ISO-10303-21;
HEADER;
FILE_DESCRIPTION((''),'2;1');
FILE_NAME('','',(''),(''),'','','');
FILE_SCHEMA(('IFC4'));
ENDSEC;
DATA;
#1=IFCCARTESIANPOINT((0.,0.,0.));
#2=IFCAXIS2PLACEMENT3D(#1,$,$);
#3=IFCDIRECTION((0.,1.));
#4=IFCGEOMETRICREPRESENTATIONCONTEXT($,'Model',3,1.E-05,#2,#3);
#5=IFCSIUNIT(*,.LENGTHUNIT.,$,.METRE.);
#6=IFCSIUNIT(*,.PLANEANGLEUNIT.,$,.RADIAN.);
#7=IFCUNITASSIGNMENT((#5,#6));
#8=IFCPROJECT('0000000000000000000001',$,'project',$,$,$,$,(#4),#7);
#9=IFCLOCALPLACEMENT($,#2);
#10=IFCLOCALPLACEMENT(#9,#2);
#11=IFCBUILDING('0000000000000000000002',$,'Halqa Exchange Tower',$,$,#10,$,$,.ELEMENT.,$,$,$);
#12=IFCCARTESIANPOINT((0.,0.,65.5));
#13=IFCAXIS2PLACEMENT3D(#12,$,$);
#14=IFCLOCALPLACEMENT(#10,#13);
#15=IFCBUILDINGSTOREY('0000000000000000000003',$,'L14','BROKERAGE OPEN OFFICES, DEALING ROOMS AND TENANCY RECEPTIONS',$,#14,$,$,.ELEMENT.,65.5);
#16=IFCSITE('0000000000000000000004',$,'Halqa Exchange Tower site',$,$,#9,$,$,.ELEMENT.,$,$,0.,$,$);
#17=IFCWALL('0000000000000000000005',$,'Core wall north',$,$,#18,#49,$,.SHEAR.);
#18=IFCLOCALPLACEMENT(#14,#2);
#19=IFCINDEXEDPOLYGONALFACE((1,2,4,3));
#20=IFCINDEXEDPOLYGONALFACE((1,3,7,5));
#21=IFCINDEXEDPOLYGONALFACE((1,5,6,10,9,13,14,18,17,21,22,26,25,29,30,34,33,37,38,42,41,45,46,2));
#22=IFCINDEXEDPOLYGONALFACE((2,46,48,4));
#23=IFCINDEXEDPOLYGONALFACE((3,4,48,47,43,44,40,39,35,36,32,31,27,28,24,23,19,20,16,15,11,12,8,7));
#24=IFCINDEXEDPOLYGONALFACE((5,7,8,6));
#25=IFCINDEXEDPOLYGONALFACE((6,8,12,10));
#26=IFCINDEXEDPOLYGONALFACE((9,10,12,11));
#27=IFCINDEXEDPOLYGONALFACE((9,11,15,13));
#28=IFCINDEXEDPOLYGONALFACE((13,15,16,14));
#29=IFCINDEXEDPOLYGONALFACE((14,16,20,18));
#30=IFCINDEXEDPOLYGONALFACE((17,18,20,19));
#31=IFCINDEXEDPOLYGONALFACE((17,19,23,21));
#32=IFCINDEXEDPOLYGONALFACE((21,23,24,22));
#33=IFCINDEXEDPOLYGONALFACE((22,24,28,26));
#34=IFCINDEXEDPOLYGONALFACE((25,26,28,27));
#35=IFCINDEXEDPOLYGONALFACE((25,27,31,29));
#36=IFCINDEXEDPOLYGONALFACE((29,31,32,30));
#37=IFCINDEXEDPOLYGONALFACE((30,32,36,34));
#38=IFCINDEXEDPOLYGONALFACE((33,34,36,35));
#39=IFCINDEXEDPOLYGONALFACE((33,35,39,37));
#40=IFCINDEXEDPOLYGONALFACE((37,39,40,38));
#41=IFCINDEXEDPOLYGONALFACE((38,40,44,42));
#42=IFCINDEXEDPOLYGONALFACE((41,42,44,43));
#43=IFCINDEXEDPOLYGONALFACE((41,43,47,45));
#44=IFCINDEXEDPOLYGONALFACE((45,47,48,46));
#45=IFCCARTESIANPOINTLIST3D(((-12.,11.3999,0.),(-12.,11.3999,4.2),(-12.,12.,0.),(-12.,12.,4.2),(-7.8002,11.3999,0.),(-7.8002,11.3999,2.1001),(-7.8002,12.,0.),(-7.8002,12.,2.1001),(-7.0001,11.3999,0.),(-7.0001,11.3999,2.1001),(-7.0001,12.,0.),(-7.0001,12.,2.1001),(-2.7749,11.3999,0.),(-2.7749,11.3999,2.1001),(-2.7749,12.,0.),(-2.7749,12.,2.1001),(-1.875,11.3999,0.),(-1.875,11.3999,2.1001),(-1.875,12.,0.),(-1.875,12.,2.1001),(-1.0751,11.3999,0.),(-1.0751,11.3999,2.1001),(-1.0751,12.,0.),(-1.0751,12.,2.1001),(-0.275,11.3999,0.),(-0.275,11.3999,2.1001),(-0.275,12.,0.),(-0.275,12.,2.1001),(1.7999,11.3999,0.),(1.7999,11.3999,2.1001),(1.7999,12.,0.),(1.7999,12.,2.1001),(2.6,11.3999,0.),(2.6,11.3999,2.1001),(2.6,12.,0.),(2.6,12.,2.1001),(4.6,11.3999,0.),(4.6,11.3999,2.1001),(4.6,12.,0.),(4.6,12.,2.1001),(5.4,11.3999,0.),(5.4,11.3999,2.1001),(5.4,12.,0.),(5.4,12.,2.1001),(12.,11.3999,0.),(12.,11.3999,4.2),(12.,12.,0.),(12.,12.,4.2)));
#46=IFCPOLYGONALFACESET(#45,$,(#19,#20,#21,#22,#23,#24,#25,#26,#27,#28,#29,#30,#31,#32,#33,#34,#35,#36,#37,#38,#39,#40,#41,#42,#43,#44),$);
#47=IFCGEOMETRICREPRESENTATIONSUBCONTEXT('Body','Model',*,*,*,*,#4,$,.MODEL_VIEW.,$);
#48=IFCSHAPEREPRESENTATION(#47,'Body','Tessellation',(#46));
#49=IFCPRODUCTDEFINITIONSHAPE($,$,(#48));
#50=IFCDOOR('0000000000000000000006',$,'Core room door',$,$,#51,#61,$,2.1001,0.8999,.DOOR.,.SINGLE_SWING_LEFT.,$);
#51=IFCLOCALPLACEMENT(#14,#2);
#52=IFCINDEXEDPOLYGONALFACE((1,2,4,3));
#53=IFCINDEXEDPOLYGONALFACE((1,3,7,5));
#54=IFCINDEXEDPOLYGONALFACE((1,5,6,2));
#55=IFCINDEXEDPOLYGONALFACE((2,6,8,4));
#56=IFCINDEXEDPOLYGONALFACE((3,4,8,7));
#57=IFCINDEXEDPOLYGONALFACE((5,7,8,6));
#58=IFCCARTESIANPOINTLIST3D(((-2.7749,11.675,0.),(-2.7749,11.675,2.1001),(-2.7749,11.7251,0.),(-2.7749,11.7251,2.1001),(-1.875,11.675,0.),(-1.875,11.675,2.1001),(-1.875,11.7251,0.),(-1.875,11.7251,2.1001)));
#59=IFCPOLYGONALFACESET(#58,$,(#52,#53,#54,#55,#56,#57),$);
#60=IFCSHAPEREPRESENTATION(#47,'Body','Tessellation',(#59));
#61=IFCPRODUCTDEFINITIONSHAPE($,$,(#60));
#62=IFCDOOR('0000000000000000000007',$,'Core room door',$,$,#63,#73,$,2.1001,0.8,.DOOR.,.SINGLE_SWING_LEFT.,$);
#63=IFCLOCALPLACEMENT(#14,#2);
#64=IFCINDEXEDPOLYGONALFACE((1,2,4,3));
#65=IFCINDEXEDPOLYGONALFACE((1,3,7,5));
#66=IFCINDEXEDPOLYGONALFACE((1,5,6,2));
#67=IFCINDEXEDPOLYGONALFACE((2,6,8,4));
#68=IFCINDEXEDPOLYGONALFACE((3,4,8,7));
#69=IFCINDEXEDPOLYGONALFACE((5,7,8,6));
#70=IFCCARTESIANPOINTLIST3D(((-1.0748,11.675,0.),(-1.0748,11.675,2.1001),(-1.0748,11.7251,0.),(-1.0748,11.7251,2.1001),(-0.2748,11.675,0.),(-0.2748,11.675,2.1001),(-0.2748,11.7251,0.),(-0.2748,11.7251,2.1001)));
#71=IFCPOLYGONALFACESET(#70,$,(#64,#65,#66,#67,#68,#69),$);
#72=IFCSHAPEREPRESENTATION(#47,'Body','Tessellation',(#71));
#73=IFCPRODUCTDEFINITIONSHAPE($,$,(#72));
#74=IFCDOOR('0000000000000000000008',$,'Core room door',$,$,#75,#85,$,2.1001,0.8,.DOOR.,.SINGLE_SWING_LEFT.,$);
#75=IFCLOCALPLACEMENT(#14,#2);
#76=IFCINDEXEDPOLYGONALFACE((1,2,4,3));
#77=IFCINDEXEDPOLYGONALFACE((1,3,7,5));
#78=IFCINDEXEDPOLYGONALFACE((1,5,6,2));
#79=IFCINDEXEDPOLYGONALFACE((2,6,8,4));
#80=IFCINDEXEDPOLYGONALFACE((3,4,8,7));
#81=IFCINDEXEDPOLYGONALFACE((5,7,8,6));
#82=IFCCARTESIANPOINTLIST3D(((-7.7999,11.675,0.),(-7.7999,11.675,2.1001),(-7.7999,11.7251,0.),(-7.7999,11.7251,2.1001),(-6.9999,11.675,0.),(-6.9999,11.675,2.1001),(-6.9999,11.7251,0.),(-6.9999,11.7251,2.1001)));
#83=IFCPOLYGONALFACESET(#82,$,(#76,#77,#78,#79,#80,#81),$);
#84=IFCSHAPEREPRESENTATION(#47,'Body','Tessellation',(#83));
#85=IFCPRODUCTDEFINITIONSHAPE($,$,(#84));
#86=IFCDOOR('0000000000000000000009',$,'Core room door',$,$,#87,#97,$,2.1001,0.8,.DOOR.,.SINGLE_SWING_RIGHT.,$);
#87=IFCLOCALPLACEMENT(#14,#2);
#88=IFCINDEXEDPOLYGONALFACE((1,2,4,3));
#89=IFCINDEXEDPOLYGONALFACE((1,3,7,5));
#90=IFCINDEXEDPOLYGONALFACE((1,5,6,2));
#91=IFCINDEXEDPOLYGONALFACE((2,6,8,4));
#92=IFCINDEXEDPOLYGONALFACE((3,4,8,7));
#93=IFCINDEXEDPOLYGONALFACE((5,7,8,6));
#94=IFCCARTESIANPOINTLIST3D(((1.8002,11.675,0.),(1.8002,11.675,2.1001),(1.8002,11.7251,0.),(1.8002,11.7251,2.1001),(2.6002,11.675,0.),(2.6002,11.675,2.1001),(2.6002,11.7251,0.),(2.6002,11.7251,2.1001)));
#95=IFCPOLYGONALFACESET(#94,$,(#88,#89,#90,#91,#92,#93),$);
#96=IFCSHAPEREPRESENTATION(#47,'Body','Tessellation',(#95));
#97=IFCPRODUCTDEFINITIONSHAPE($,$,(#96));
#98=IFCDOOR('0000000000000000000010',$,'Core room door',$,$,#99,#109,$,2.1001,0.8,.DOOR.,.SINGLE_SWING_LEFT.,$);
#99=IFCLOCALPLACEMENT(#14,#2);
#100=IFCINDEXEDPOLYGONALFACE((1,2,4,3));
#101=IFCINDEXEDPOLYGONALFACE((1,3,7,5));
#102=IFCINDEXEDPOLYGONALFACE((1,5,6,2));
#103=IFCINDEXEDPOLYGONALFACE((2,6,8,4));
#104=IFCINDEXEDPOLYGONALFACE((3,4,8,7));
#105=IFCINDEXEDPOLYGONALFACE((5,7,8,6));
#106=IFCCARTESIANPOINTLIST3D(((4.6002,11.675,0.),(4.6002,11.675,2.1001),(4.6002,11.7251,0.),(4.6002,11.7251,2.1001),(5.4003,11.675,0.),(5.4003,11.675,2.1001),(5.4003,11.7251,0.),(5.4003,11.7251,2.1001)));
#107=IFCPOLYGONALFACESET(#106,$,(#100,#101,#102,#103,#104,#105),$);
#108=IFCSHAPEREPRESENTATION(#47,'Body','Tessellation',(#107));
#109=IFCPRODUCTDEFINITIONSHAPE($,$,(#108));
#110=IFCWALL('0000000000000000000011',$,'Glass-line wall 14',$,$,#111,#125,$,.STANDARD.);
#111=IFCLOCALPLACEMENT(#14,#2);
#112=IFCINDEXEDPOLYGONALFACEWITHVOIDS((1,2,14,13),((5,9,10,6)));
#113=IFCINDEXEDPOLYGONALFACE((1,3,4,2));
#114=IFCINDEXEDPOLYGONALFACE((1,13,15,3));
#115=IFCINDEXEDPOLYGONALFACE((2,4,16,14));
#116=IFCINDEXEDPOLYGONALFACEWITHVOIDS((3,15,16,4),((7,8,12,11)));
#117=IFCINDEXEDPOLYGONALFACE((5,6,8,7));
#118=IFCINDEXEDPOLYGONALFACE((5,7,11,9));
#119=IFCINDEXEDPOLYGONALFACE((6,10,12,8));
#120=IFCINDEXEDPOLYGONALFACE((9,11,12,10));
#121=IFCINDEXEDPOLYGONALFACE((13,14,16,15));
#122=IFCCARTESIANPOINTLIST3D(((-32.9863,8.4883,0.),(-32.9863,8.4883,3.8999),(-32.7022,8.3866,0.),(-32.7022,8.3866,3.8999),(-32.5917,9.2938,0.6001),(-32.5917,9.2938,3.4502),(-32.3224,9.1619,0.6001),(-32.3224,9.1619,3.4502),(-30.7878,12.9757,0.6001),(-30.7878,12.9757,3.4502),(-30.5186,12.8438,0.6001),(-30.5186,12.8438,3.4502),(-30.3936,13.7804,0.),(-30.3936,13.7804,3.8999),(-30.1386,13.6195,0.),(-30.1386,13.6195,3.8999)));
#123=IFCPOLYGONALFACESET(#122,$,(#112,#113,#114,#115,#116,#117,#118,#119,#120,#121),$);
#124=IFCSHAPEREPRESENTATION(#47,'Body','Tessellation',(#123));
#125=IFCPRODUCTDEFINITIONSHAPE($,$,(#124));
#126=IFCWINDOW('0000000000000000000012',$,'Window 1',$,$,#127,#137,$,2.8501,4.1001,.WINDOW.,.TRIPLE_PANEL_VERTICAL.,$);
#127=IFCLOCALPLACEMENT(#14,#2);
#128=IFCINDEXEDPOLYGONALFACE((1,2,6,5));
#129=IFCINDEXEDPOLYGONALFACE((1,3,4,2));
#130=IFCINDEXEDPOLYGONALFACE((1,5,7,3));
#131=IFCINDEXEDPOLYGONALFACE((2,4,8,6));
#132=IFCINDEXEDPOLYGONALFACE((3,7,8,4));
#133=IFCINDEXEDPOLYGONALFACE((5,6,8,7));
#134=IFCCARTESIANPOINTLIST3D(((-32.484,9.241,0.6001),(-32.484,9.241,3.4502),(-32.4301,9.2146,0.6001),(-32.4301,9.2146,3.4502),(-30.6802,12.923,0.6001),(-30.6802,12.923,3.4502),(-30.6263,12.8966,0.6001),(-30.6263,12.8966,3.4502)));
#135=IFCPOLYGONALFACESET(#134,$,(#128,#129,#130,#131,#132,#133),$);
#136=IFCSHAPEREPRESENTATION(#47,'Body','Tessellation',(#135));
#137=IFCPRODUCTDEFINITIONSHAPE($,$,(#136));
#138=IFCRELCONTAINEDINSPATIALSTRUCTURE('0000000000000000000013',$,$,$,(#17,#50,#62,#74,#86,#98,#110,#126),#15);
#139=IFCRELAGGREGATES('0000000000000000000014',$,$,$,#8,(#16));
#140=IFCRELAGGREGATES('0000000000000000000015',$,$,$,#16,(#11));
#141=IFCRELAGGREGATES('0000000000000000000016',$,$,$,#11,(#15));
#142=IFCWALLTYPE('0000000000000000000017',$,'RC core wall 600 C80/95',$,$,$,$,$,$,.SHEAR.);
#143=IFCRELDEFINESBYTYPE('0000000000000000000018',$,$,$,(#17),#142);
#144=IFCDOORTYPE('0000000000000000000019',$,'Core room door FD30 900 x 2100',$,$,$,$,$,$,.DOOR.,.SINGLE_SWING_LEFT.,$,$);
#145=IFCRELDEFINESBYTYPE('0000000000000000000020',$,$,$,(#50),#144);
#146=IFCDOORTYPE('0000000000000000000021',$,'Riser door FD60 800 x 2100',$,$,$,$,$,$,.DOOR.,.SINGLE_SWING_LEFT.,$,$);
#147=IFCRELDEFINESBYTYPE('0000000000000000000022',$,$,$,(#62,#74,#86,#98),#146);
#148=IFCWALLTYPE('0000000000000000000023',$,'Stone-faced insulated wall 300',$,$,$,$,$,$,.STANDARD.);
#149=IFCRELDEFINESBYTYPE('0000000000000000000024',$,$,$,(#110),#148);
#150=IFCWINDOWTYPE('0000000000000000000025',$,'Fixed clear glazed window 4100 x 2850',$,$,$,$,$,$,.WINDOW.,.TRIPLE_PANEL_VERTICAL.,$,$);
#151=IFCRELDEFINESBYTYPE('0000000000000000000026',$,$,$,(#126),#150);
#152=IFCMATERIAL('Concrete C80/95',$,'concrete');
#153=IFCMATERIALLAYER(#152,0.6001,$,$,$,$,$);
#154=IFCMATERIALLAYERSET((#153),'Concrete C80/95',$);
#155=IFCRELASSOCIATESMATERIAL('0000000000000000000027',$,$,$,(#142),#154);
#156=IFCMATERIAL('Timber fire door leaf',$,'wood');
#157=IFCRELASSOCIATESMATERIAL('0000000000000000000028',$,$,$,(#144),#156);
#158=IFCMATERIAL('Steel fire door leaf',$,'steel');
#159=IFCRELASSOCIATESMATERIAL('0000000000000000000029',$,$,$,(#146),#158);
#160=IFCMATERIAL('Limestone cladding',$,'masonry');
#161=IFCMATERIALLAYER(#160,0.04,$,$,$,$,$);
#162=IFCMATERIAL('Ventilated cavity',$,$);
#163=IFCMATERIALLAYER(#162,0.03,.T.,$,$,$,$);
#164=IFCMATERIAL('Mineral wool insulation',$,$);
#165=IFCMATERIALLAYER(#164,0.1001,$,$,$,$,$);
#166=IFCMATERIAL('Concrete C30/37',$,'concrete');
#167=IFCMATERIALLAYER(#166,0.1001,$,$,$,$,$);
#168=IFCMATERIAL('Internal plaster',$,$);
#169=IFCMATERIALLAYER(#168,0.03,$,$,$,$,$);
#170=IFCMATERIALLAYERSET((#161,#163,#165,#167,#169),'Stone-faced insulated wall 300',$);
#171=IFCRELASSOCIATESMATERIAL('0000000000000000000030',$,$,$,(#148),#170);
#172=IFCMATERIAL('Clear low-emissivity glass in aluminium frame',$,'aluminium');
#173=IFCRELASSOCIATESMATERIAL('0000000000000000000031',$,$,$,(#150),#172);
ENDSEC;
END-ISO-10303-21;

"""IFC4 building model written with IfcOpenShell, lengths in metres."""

from ifc_helpers import new_model, si_unit, direction, frame, frame_2d, origin, place, context, subcontext, project, spatial, polyline, rectangle, outline, extrude, material, layer, layer_set, type_object, element, fill, save


model = new_model("IFC4")

# Units and contexts
model_context = context("Model", 3, precision=1e-05, world=origin(), true_north=direction((0.0, 1.0)))
body_context = subcontext(model_context, "Body", "Model", "MODEL_VIEW")
ifc_project = project(units=[si_unit("LENGTHUNIT", "METRE"), si_unit("PLANEANGLEUNIT", "RADIAN")], contexts=[model_context])

# Site, building, storey
site_placement = place(None, origin())
site = spatial("IfcSite", under=ifc_project, at=site_placement, Name="Halqa Exchange Tower site", CompositionType="ELEMENT", RefElevation=0.0)
building_placement = place(site_placement, origin())
building = spatial("IfcBuilding", under=site, at=building_placement, Name="Halqa Exchange Tower", CompositionType="ELEMENT")
storey_placement = place(building_placement, frame((0.0, 0.0, 65.5)))
storey = spatial("IfcBuildingStorey", under=building, at=storey_placement, Name="L14", Description="BROKERAGE OPEN OFFICES, DEALING ROOMS AND TENANCY RECEPTIONS", CompositionType="ELEMENT", Elevation=65.5)

# Shared definitions
ifc_material_1 = material(Name="Concrete C80/95", Category="concrete")

# Shared definitions
ifc_material_2 = material(Name="Steel fire door leaf", Category="steel")

# Wall, openings, doors
ifc_layer_1 = layer(ifc_material_1, 0.6001)
ifc_layer_set_1 = layer_set([ifc_layer_1], Name="Concrete C80/95")
wall_type_1 = type_object("IfcWallType", Name="RC core wall 600 C80/95", PredefinedType="SHEAR", material=ifc_layer_set_1)
wall_1_placement = place(storey_placement, frame((-12.0, 11.7, 0.0), z_axis=(0.0, 0.0, 1.0), x_axis=(1.0, 0.0, 0.0)))
wall_1 = element("IfcWall", 1, at=wall_1_placement, inside=storey, type_object=wall_type_1, Name="Core wall north", PredefinedType="SHEAR", context=body_context, shape_type="SweptSolid", body=[
    extrude(rectangle(XDim=24.0, YDim=0.6001, at=frame_2d((12.0, 0.0))), origin(), (0.0, 0.0, 1.0), 4.2),
])
opening_1_placement = place(wall_1_placement, frame((9.2251, 0.0, 0.0)))
opening_1 = element("IfcOpeningElement", 2, at=opening_1_placement, cuts=wall_1, PredefinedType="OPENING", context=body_context, shape_type="SweptSolid", body=[
    extrude(rectangle(XDim=0.8999, YDim=2.1001, at=frame_2d((0.45, 1.05))), frame((0.0, 0.312, 0.0), z_axis=(0.0, -1.0, 0.0), x_axis=(1.0, 0.0, 0.0)), (0.0, 0.0, 1.0), 0.624),
])
opening_2_placement = place(wall_1_placement, frame((10.925, 0.0, 0.0)))
opening_2 = element("IfcOpeningElement", 3, at=opening_2_placement, cuts=wall_1, PredefinedType="OPENING", context=body_context, shape_type="SweptSolid", body=[
    extrude(rectangle(XDim=0.8, YDim=2.1001, at=frame_2d((0.3999, 1.05))), frame((0.0, 0.312, 0.0), z_axis=(0.0, -1.0, 0.0), x_axis=(1.0, 0.0, 0.0)), (0.0, 0.0, 1.0), 0.624),
])
opening_3_placement = place(wall_1_placement, frame((4.2, 0.0, 0.0)))
opening_3 = element("IfcOpeningElement", 4, at=opening_3_placement, cuts=wall_1, PredefinedType="OPENING", context=body_context, shape_type="SweptSolid", body=[
    extrude(rectangle(XDim=0.8, YDim=2.1001, at=frame_2d((0.3999, 1.05))), frame((0.0, 0.312, 0.0), z_axis=(0.0, -1.0, 0.0), x_axis=(1.0, 0.0, 0.0)), (0.0, 0.0, 1.0), 0.624),
])
opening_4_placement = place(wall_1_placement, frame((13.8, 0.0, 0.0)))
opening_4 = element("IfcOpeningElement", 5, at=opening_4_placement, cuts=wall_1, PredefinedType="OPENING", context=body_context, shape_type="SweptSolid", body=[
    extrude(rectangle(XDim=0.8, YDim=2.1001, at=frame_2d((0.3999, 1.05))), frame((0.0, 0.312, 0.0), z_axis=(0.0, -1.0, 0.0), x_axis=(1.0, 0.0, 0.0)), (0.0, 0.0, 1.0), 0.624),
])
opening_5_placement = place(wall_1_placement, frame((16.6001, 0.0, 0.0)))
opening_5 = element("IfcOpeningElement", 6, at=opening_5_placement, cuts=wall_1, PredefinedType="OPENING", context=body_context, shape_type="SweptSolid", body=[
    extrude(rectangle(XDim=0.8, YDim=2.1001, at=frame_2d((0.3999, 1.05))), frame((0.0, 0.312, 0.0), z_axis=(0.0, -1.0, 0.0), x_axis=(1.0, 0.0, 0.0)), (0.0, 0.0, 1.0), 0.624),
])
ifc_material_3 = material(Name="Timber fire door leaf", Category="wood")
door_type_1 = type_object("IfcDoorType", Name="Core room door FD30 900 x 2100", OperationType="SINGLE_SWING_LEFT", PredefinedType="DOOR", material=ifc_material_3)
door_1_placement = place(opening_1_placement, frame((0.8999, 0.0, 0.0), z_axis=(0.0, 0.0, 1.0), x_axis=(-1.0, 0.0, 0.0)))
door_1 = element("IfcDoor", 7, at=door_1_placement, inside=storey, type_object=door_type_1, Name="Core room door", OperationType="SINGLE_SWING_LEFT", OverallHeight=2.1001, OverallWidth=0.8999, PredefinedType="DOOR", context=body_context, shape_type="SweptSolid", body=[
    extrude(rectangle(XDim=0.8999, YDim=2.1001, at=frame_2d((0.45, 1.05))), frame((0.0, 0.0249, 0.0), z_axis=(0.0, -1.0, 0.0), x_axis=(1.0, 0.0, 0.0)), (0.0, 0.0, 1.0), 0.05),
])
fill(opening_1, door_1)
door_type_2 = type_object("IfcDoorType", Name="Riser door FD60 800 x 2100", OperationType="SINGLE_SWING_LEFT", PredefinedType="DOOR", material=ifc_material_2)
door_2_placement = place(opening_2_placement, frame((0.8, 0.0, 0.0), z_axis=(0.0, 0.0, 1.0), x_axis=(-1.0, 0.0, 0.0)))
door_2 = element("IfcDoor", 8, at=door_2_placement, inside=storey, type_object=door_type_2, Name="Core room door", OperationType="SINGLE_SWING_LEFT", OverallHeight=2.1001, OverallWidth=0.8, PredefinedType="DOOR", context=body_context, shape_type="SweptSolid", body=[
    extrude(rectangle(XDim=0.8, YDim=2.1001, at=frame_2d((0.3999, 1.05))), frame((0.0, 0.0249, 0.0), z_axis=(0.0, -1.0, 0.0), x_axis=(1.0, 0.0, 0.0)), (0.0, 0.0, 1.0), 0.05),
])
fill(opening_2, door_2)
door_3_placement = place(opening_3_placement, frame((0.8, 0.0, 0.0), z_axis=(0.0, 0.0, 1.0), x_axis=(-1.0, 0.0, 0.0)))
door_3 = element("IfcDoor", 9, at=door_3_placement, inside=storey, type_object=door_type_2, Name="Core room door", OperationType="SINGLE_SWING_LEFT", OverallHeight=2.1001, OverallWidth=0.8, PredefinedType="DOOR", context=body_context, shape_type="SweptSolid", body=[
    extrude(rectangle(XDim=0.8, YDim=2.1001, at=frame_2d((0.3999, 1.05))), frame((0.0, 0.0249, 0.0), z_axis=(0.0, -1.0, 0.0), x_axis=(1.0, 0.0, 0.0)), (0.0, 0.0, 1.0), 0.05),
])
fill(opening_3, door_3)
door_4_placement = place(opening_4_placement, frame((0.8, 0.0, 0.0), z_axis=(0.0, 0.0, 1.0), x_axis=(-1.0, 0.0, 0.0)))
door_4 = element("IfcDoor", 10, at=door_4_placement, inside=storey, type_object=door_type_2, Name="Core room door", OperationType="SINGLE_SWING_RIGHT", OverallHeight=2.1001, OverallWidth=0.8, PredefinedType="DOOR", context=body_context, shape_type="SweptSolid", body=[
    extrude(rectangle(XDim=0.8, YDim=2.1001, at=frame_2d((0.3999, 1.05))), frame((0.0, 0.0249, 0.0), z_axis=(0.0, -1.0, 0.0), x_axis=(1.0, 0.0, 0.0)), (0.0, 0.0, 1.0), 0.05),
])
fill(opening_4, door_4)
door_5_placement = place(opening_5_placement, frame((0.8, 0.0, 0.0), z_axis=(0.0, 0.0, 1.0), x_axis=(-1.0, 0.0, 0.0)))
door_5 = element("IfcDoor", 11, at=door_5_placement, inside=storey, type_object=door_type_2, Name="Core room door", OperationType="SINGLE_SWING_LEFT", OverallHeight=2.1001, OverallWidth=0.8, PredefinedType="DOOR", context=body_context, shape_type="SweptSolid", body=[
    extrude(rectangle(XDim=0.8, YDim=2.1001, at=frame_2d((0.3999, 1.05))), frame((0.0, 0.0249, 0.0), z_axis=(0.0, -1.0, 0.0), x_axis=(1.0, 0.0, 0.0)), (0.0, 0.0, 1.0), 0.05),
])
fill(opening_5, door_5)

# Wall, opening, window
ifc_material_4 = material(Name="Limestone cladding", Category="masonry")
ifc_layer_2 = layer(ifc_material_4, 0.04)
ifc_material_5 = material(Name="Ventilated cavity")
ifc_layer_3 = layer(ifc_material_5, 0.03, ventilated=True)
ifc_material_6 = material(Name="Mineral wool insulation")
ifc_layer_4 = layer(ifc_material_6, 0.1001)
ifc_material_7 = material(Name="Concrete C30/37", Category="concrete")
ifc_layer_5 = layer(ifc_material_7, 0.1001)
ifc_material_8 = material(Name="Internal plaster")
ifc_layer_6 = layer(ifc_material_8, 0.03)
ifc_layer_set_2 = layer_set([ifc_layer_2, ifc_layer_3, ifc_layer_4, ifc_layer_5, ifc_layer_6], Name="Stone-faced insulated wall 300")
wall_type_2 = type_object("IfcWallType", Name="Stone-faced insulated wall 300", PredefinedType="STANDARD", material=ifc_layer_set_2)
wall_2_placement = place(storey_placement, frame((-30.2661, 13.7, 0.0), z_axis=(0.0, 0.0, 1.0), x_axis=(-0.43995, -0.898022, 0.0)))
wall_2 = element("IfcWall", 12, at=wall_2_placement, inside=storey, type_object=wall_type_2, Name="Glass-line wall 14", PredefinedType="STANDARD", context=body_context, shape_type="SweptSolid", body=[
    extrude(outline(polyline([(-0.0161, -0.1499), (5.877, -0.1499), (5.8433, 0.1499), (0.0161, 0.1499), (-0.0161, -0.1499)])), origin(), (0.0, 0.0, 1.0), 3.8999),
])
opening_6_placement = place(wall_2_placement, frame((0.8799, 0.0, 0.6001)))
opening_6 = element("IfcOpeningElement", 13, at=opening_6_placement, cuts=wall_2, PredefinedType="OPENING", context=body_context, shape_type="SweptSolid", body=[
    extrude(rectangle(XDim=4.1001, YDim=2.8501, at=frame_2d((2.05, 1.425))), frame((0.0, 0.1621, 0.0), z_axis=(0.0, -1.0, 0.0), x_axis=(1.0, 0.0, 0.0)), (0.0, 0.0, 1.0), 0.324),
])
ifc_material_9 = material(Name="Clear low-emissivity glass in aluminium frame", Category="aluminium")
window_type = type_object("IfcWindowType", Name="Fixed clear glazed window 4100 x 2850", PartitioningType="TRIPLE_PANEL_VERTICAL", PredefinedType="WINDOW", material=ifc_material_9)
window_1_placement = place(opening_6_placement, origin())
window_1 = element("IfcWindow", 14, at=window_1_placement, inside=storey, type_object=window_type, Name="Window 1", OverallHeight=2.8501, OverallWidth=4.1001, PartitioningType="TRIPLE_PANEL_VERTICAL", PredefinedType="WINDOW", context=body_context, shape_type="SweptSolid", body=[
    extrude(rectangle(XDim=4.1001, YDim=2.8501, at=frame_2d((2.05, 1.425))), frame((0.0, 0.03, 0.0), z_axis=(0.0, -1.0, 0.0), x_axis=(1.0, 0.0, 0.0)), (0.0, 0.0, 1.0), 0.0601),
])
fill(opening_6, window_1)

save(model, "model.ifc")
